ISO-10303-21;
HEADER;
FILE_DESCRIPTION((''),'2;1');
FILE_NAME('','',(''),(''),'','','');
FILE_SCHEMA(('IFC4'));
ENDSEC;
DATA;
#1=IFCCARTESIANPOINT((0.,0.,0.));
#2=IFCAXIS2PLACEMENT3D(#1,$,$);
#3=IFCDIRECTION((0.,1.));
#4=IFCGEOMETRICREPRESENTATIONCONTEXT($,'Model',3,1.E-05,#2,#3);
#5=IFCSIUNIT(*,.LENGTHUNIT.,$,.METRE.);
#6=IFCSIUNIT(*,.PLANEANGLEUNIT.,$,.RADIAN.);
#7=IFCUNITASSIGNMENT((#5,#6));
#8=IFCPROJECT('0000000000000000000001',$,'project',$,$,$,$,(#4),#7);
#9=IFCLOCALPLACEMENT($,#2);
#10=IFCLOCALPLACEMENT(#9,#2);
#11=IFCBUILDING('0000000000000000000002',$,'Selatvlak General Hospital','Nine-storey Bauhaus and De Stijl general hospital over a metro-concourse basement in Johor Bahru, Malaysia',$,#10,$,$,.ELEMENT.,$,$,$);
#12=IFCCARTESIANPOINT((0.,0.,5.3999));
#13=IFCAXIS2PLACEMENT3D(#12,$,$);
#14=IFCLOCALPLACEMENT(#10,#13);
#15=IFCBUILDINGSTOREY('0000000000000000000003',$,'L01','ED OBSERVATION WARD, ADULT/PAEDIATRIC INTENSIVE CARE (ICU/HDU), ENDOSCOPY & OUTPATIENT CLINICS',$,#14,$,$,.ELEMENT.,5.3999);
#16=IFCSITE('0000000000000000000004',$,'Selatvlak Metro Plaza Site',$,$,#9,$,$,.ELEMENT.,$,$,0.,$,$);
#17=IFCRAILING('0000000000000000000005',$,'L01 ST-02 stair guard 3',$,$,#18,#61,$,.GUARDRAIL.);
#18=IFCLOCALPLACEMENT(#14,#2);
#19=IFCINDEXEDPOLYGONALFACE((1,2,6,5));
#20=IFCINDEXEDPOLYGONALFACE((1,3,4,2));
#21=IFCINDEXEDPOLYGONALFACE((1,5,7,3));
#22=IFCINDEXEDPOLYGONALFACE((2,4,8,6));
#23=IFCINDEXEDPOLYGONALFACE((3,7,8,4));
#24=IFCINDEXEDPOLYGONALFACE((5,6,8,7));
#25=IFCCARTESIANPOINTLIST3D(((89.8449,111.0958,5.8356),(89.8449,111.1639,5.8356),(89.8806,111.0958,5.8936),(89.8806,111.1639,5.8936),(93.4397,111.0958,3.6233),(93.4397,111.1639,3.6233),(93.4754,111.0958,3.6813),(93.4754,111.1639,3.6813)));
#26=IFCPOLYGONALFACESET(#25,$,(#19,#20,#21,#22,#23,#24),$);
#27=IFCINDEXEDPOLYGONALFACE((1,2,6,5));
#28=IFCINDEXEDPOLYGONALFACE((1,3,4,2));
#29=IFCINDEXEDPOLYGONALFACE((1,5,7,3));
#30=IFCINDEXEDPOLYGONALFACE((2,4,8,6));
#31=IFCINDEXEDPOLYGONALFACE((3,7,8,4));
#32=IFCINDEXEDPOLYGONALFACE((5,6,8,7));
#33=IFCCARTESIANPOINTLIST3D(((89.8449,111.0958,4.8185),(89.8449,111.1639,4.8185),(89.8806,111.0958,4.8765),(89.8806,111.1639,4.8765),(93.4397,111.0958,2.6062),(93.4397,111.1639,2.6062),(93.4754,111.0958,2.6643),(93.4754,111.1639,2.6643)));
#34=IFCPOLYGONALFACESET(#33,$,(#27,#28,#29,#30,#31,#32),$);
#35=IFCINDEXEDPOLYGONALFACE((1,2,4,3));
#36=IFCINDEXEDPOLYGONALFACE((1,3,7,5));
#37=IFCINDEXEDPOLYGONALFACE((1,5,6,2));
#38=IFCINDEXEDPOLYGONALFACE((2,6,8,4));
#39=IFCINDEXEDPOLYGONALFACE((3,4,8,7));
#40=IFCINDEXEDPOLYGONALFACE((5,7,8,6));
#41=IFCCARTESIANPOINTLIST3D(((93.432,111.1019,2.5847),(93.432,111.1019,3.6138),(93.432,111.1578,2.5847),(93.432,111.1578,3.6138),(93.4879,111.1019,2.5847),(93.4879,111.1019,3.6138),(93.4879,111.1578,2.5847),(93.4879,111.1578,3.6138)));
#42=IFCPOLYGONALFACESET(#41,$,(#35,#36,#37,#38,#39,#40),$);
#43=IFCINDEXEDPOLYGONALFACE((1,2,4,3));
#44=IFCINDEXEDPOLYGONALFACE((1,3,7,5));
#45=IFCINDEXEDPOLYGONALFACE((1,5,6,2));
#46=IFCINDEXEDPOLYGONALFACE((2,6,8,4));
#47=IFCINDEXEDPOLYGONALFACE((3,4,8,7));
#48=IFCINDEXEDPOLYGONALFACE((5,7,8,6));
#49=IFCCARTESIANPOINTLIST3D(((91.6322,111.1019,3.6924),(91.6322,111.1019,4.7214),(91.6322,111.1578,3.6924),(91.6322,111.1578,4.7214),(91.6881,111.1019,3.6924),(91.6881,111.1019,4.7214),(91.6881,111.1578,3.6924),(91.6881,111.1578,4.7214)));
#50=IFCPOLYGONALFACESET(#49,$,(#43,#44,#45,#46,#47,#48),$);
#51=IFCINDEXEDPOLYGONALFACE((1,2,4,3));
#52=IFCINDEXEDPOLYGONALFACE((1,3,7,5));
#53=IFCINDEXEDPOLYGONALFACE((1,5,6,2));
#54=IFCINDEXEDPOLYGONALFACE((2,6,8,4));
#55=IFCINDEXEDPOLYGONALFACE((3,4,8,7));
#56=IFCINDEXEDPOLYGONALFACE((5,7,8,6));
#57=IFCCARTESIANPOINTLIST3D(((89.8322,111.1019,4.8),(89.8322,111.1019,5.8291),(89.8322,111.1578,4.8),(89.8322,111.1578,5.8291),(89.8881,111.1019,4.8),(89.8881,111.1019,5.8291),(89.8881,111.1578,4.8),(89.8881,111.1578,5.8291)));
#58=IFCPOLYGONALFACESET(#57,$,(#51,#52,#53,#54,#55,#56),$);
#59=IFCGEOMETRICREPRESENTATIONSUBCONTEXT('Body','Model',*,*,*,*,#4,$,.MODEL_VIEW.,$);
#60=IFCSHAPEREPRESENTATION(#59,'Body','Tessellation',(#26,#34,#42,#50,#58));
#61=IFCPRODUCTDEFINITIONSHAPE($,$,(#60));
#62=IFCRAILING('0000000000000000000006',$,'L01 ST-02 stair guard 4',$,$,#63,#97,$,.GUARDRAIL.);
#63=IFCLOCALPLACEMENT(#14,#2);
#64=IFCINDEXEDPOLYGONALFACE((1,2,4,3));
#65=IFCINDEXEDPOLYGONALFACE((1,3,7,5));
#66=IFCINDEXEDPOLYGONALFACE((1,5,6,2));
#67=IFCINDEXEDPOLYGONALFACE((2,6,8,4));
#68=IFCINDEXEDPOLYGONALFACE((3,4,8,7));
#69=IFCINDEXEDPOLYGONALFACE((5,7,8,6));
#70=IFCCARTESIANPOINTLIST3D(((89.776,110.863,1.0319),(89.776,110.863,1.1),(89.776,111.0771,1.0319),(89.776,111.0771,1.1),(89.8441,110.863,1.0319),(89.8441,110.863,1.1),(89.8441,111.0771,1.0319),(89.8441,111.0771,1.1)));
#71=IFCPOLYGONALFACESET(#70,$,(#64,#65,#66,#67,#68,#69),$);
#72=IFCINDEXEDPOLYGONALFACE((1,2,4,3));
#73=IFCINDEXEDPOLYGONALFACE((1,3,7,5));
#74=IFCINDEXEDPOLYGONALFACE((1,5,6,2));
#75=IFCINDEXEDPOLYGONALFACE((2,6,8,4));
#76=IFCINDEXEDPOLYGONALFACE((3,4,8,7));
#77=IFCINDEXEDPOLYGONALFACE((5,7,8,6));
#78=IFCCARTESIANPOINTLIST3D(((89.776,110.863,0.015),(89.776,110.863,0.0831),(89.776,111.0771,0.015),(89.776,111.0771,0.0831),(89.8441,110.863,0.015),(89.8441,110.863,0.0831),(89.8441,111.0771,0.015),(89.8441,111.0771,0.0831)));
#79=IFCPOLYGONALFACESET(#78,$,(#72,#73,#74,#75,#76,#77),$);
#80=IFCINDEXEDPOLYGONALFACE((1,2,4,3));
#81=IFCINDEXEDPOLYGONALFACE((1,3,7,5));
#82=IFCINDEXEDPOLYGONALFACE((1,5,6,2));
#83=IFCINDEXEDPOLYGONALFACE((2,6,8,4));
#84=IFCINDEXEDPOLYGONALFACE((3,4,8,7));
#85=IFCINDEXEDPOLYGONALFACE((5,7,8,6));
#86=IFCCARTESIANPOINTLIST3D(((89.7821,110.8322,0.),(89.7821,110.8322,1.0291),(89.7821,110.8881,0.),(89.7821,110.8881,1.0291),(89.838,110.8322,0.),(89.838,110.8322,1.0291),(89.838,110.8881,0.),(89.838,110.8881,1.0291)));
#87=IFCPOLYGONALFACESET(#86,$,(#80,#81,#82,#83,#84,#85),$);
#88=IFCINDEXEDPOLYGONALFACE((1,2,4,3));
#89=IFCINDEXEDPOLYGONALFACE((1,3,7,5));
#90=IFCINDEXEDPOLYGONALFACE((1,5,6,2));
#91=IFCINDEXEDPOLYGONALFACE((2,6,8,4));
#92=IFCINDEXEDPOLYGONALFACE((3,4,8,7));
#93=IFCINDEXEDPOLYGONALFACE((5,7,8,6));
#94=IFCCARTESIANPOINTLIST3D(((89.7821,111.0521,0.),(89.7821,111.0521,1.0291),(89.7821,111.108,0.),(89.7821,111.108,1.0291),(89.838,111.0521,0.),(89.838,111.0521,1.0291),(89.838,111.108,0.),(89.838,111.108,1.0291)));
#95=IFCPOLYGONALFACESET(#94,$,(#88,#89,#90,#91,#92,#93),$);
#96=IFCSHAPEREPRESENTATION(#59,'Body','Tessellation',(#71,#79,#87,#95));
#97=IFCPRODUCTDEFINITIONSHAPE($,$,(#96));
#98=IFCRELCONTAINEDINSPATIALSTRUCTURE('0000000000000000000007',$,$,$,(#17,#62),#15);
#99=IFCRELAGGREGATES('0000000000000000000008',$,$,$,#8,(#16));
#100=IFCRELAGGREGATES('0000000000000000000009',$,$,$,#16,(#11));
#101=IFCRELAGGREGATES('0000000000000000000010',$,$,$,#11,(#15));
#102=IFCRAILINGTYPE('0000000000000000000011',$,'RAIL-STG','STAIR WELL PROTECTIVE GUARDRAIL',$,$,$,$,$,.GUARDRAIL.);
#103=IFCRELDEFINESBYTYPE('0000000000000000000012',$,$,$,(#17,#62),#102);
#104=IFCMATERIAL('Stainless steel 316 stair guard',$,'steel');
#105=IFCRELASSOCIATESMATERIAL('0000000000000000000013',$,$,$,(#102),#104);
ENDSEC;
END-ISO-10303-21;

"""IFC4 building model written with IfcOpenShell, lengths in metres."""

from ifc_helpers import new_model, si_unit, direction, frame, origin, origin_2d, place, context, subcontext, project, spatial, rectangle, extrude, material, type_object, element, save


model = new_model("IFC4")

# Units and contexts
model_context = context("Model", 3, precision=1e-05, world=origin(), true_north=direction((0.0, 1.0)))
body_context = subcontext(model_context, "Body", "Model", "MODEL_VIEW")
ifc_project = project(units=[si_unit("LENGTHUNIT", "METRE"), si_unit("PLANEANGLEUNIT", "RADIAN")], contexts=[model_context])

# Site, building, storey
site_placement = place(None, origin())
site = spatial("IfcSite", under=ifc_project, at=site_placement, Name="Selatvlak Metro Plaza Site", CompositionType="ELEMENT", RefElevation=0.0)
building_placement = place(site_placement, origin())
building = spatial("IfcBuilding", under=site, at=building_placement, Name="Selatvlak General Hospital", Description="Nine-storey Bauhaus and De Stijl general hospital over a metro-concourse basement in Johor Bahru, Malaysia", CompositionType="ELEMENT")
storey_placement = place(building_placement, frame((0.0, 0.0, 5.3999)))
storey = spatial("IfcBuildingStorey", under=building, at=storey_placement, Name="L01", Description="ED OBSERVATION WARD, ADULT/PAEDIATRIC INTENSIVE CARE (ICU/HDU), ENDOSCOPY & OUTPATIENT CLINICS", CompositionType="ELEMENT", Elevation=5.3999)

# Railings
ifc_material_1 = material(Name="Stainless steel 316 stair guard", Category="steel")
railing_type_1 = type_object("IfcRailingType", Name="RAIL-STG", Description="STAIR WELL PROTECTIVE GUARDRAIL", PredefinedType="GUARDRAIL", material=ifc_material_1)
railing_1_placement = place(storey_placement, frame((93.46, 111.1299, 2.5847)))
element("IfcRailing", 1, at=railing_1_placement, inside=storey, type_object=railing_type_1, Name="L01 ST-02 stair guard 3", PredefinedType="GUARDRAIL", context=body_context, shape_type="SweptSolid", body=[
    extrude(rectangle(XDim=0.0681, YDim=0.0681, at=origin_2d()), frame((-0.0024, 0.0, 1.0676), z_axis=(-0.851654, 0.0, 0.524104), x_axis=(0.0, -1.0, 0.0)), (0.0, 0.0, 1.0), 4.2209),
    extrude(rectangle(XDim=0.0681, YDim=0.0681, at=origin_2d()), frame((-0.0024, 0.0, 0.0505), z_axis=(-0.851654, 0.0, 0.524104), x_axis=(0.0, -1.0, 0.0)), (0.0, 0.0, 1.0), 4.2209),
    extrude(rectangle(XDim=0.0559, YDim=0.0559, at=origin_2d()), origin(), (0.0, 0.0, 1.0), 1.0291),
    extrude(rectangle(XDim=0.0559, YDim=0.0559, at=origin_2d()), frame((-1.7998, 0.0, 1.1077)), (0.0, 0.0, 1.0), 1.0291),
    extrude(rectangle(XDim=0.0559, YDim=0.0559, at=origin_2d()), frame((-3.5999, 0.0, 2.2153)), (0.0, 0.0, 1.0), 1.0291),
])
railing_2_placement = place(storey_placement, frame((89.8101, 110.8601, 0.0)))
element("IfcRailing", 2, at=railing_2_placement, inside=storey, type_object=railing_type_1, Name="L01 ST-02 stair guard 4", PredefinedType="GUARDRAIL", context=body_context, shape_type="SweptSolid", body=[
    extrude(rectangle(XDim=0.0681, YDim=0.0681, at=origin_2d()), frame((0.0, 0.0029, 1.0659), z_axis=(0.0, 1.0, 0.0), x_axis=(-1.0, 0.0, 0.0)), (0.0, 0.0, 1.0), 0.2141),
    extrude(rectangle(XDim=0.0681, YDim=0.0681, at=origin_2d()), frame((0.0, 0.0029, 0.0491), z_axis=(0.0, 1.0, 0.0), x_axis=(-1.0, 0.0, 0.0)), (0.0, 0.0, 1.0), 0.2141),
    extrude(rectangle(XDim=0.0559, YDim=0.0559, at=origin_2d()), origin(), (0.0, 0.0, 1.0), 1.0291),
    extrude(rectangle(XDim=0.0559, YDim=0.0559, at=origin_2d()), frame((0.0, 0.22, 0.0)), (0.0, 0.0, 1.0), 1.0291),
])

save(model, "model.ifc")
